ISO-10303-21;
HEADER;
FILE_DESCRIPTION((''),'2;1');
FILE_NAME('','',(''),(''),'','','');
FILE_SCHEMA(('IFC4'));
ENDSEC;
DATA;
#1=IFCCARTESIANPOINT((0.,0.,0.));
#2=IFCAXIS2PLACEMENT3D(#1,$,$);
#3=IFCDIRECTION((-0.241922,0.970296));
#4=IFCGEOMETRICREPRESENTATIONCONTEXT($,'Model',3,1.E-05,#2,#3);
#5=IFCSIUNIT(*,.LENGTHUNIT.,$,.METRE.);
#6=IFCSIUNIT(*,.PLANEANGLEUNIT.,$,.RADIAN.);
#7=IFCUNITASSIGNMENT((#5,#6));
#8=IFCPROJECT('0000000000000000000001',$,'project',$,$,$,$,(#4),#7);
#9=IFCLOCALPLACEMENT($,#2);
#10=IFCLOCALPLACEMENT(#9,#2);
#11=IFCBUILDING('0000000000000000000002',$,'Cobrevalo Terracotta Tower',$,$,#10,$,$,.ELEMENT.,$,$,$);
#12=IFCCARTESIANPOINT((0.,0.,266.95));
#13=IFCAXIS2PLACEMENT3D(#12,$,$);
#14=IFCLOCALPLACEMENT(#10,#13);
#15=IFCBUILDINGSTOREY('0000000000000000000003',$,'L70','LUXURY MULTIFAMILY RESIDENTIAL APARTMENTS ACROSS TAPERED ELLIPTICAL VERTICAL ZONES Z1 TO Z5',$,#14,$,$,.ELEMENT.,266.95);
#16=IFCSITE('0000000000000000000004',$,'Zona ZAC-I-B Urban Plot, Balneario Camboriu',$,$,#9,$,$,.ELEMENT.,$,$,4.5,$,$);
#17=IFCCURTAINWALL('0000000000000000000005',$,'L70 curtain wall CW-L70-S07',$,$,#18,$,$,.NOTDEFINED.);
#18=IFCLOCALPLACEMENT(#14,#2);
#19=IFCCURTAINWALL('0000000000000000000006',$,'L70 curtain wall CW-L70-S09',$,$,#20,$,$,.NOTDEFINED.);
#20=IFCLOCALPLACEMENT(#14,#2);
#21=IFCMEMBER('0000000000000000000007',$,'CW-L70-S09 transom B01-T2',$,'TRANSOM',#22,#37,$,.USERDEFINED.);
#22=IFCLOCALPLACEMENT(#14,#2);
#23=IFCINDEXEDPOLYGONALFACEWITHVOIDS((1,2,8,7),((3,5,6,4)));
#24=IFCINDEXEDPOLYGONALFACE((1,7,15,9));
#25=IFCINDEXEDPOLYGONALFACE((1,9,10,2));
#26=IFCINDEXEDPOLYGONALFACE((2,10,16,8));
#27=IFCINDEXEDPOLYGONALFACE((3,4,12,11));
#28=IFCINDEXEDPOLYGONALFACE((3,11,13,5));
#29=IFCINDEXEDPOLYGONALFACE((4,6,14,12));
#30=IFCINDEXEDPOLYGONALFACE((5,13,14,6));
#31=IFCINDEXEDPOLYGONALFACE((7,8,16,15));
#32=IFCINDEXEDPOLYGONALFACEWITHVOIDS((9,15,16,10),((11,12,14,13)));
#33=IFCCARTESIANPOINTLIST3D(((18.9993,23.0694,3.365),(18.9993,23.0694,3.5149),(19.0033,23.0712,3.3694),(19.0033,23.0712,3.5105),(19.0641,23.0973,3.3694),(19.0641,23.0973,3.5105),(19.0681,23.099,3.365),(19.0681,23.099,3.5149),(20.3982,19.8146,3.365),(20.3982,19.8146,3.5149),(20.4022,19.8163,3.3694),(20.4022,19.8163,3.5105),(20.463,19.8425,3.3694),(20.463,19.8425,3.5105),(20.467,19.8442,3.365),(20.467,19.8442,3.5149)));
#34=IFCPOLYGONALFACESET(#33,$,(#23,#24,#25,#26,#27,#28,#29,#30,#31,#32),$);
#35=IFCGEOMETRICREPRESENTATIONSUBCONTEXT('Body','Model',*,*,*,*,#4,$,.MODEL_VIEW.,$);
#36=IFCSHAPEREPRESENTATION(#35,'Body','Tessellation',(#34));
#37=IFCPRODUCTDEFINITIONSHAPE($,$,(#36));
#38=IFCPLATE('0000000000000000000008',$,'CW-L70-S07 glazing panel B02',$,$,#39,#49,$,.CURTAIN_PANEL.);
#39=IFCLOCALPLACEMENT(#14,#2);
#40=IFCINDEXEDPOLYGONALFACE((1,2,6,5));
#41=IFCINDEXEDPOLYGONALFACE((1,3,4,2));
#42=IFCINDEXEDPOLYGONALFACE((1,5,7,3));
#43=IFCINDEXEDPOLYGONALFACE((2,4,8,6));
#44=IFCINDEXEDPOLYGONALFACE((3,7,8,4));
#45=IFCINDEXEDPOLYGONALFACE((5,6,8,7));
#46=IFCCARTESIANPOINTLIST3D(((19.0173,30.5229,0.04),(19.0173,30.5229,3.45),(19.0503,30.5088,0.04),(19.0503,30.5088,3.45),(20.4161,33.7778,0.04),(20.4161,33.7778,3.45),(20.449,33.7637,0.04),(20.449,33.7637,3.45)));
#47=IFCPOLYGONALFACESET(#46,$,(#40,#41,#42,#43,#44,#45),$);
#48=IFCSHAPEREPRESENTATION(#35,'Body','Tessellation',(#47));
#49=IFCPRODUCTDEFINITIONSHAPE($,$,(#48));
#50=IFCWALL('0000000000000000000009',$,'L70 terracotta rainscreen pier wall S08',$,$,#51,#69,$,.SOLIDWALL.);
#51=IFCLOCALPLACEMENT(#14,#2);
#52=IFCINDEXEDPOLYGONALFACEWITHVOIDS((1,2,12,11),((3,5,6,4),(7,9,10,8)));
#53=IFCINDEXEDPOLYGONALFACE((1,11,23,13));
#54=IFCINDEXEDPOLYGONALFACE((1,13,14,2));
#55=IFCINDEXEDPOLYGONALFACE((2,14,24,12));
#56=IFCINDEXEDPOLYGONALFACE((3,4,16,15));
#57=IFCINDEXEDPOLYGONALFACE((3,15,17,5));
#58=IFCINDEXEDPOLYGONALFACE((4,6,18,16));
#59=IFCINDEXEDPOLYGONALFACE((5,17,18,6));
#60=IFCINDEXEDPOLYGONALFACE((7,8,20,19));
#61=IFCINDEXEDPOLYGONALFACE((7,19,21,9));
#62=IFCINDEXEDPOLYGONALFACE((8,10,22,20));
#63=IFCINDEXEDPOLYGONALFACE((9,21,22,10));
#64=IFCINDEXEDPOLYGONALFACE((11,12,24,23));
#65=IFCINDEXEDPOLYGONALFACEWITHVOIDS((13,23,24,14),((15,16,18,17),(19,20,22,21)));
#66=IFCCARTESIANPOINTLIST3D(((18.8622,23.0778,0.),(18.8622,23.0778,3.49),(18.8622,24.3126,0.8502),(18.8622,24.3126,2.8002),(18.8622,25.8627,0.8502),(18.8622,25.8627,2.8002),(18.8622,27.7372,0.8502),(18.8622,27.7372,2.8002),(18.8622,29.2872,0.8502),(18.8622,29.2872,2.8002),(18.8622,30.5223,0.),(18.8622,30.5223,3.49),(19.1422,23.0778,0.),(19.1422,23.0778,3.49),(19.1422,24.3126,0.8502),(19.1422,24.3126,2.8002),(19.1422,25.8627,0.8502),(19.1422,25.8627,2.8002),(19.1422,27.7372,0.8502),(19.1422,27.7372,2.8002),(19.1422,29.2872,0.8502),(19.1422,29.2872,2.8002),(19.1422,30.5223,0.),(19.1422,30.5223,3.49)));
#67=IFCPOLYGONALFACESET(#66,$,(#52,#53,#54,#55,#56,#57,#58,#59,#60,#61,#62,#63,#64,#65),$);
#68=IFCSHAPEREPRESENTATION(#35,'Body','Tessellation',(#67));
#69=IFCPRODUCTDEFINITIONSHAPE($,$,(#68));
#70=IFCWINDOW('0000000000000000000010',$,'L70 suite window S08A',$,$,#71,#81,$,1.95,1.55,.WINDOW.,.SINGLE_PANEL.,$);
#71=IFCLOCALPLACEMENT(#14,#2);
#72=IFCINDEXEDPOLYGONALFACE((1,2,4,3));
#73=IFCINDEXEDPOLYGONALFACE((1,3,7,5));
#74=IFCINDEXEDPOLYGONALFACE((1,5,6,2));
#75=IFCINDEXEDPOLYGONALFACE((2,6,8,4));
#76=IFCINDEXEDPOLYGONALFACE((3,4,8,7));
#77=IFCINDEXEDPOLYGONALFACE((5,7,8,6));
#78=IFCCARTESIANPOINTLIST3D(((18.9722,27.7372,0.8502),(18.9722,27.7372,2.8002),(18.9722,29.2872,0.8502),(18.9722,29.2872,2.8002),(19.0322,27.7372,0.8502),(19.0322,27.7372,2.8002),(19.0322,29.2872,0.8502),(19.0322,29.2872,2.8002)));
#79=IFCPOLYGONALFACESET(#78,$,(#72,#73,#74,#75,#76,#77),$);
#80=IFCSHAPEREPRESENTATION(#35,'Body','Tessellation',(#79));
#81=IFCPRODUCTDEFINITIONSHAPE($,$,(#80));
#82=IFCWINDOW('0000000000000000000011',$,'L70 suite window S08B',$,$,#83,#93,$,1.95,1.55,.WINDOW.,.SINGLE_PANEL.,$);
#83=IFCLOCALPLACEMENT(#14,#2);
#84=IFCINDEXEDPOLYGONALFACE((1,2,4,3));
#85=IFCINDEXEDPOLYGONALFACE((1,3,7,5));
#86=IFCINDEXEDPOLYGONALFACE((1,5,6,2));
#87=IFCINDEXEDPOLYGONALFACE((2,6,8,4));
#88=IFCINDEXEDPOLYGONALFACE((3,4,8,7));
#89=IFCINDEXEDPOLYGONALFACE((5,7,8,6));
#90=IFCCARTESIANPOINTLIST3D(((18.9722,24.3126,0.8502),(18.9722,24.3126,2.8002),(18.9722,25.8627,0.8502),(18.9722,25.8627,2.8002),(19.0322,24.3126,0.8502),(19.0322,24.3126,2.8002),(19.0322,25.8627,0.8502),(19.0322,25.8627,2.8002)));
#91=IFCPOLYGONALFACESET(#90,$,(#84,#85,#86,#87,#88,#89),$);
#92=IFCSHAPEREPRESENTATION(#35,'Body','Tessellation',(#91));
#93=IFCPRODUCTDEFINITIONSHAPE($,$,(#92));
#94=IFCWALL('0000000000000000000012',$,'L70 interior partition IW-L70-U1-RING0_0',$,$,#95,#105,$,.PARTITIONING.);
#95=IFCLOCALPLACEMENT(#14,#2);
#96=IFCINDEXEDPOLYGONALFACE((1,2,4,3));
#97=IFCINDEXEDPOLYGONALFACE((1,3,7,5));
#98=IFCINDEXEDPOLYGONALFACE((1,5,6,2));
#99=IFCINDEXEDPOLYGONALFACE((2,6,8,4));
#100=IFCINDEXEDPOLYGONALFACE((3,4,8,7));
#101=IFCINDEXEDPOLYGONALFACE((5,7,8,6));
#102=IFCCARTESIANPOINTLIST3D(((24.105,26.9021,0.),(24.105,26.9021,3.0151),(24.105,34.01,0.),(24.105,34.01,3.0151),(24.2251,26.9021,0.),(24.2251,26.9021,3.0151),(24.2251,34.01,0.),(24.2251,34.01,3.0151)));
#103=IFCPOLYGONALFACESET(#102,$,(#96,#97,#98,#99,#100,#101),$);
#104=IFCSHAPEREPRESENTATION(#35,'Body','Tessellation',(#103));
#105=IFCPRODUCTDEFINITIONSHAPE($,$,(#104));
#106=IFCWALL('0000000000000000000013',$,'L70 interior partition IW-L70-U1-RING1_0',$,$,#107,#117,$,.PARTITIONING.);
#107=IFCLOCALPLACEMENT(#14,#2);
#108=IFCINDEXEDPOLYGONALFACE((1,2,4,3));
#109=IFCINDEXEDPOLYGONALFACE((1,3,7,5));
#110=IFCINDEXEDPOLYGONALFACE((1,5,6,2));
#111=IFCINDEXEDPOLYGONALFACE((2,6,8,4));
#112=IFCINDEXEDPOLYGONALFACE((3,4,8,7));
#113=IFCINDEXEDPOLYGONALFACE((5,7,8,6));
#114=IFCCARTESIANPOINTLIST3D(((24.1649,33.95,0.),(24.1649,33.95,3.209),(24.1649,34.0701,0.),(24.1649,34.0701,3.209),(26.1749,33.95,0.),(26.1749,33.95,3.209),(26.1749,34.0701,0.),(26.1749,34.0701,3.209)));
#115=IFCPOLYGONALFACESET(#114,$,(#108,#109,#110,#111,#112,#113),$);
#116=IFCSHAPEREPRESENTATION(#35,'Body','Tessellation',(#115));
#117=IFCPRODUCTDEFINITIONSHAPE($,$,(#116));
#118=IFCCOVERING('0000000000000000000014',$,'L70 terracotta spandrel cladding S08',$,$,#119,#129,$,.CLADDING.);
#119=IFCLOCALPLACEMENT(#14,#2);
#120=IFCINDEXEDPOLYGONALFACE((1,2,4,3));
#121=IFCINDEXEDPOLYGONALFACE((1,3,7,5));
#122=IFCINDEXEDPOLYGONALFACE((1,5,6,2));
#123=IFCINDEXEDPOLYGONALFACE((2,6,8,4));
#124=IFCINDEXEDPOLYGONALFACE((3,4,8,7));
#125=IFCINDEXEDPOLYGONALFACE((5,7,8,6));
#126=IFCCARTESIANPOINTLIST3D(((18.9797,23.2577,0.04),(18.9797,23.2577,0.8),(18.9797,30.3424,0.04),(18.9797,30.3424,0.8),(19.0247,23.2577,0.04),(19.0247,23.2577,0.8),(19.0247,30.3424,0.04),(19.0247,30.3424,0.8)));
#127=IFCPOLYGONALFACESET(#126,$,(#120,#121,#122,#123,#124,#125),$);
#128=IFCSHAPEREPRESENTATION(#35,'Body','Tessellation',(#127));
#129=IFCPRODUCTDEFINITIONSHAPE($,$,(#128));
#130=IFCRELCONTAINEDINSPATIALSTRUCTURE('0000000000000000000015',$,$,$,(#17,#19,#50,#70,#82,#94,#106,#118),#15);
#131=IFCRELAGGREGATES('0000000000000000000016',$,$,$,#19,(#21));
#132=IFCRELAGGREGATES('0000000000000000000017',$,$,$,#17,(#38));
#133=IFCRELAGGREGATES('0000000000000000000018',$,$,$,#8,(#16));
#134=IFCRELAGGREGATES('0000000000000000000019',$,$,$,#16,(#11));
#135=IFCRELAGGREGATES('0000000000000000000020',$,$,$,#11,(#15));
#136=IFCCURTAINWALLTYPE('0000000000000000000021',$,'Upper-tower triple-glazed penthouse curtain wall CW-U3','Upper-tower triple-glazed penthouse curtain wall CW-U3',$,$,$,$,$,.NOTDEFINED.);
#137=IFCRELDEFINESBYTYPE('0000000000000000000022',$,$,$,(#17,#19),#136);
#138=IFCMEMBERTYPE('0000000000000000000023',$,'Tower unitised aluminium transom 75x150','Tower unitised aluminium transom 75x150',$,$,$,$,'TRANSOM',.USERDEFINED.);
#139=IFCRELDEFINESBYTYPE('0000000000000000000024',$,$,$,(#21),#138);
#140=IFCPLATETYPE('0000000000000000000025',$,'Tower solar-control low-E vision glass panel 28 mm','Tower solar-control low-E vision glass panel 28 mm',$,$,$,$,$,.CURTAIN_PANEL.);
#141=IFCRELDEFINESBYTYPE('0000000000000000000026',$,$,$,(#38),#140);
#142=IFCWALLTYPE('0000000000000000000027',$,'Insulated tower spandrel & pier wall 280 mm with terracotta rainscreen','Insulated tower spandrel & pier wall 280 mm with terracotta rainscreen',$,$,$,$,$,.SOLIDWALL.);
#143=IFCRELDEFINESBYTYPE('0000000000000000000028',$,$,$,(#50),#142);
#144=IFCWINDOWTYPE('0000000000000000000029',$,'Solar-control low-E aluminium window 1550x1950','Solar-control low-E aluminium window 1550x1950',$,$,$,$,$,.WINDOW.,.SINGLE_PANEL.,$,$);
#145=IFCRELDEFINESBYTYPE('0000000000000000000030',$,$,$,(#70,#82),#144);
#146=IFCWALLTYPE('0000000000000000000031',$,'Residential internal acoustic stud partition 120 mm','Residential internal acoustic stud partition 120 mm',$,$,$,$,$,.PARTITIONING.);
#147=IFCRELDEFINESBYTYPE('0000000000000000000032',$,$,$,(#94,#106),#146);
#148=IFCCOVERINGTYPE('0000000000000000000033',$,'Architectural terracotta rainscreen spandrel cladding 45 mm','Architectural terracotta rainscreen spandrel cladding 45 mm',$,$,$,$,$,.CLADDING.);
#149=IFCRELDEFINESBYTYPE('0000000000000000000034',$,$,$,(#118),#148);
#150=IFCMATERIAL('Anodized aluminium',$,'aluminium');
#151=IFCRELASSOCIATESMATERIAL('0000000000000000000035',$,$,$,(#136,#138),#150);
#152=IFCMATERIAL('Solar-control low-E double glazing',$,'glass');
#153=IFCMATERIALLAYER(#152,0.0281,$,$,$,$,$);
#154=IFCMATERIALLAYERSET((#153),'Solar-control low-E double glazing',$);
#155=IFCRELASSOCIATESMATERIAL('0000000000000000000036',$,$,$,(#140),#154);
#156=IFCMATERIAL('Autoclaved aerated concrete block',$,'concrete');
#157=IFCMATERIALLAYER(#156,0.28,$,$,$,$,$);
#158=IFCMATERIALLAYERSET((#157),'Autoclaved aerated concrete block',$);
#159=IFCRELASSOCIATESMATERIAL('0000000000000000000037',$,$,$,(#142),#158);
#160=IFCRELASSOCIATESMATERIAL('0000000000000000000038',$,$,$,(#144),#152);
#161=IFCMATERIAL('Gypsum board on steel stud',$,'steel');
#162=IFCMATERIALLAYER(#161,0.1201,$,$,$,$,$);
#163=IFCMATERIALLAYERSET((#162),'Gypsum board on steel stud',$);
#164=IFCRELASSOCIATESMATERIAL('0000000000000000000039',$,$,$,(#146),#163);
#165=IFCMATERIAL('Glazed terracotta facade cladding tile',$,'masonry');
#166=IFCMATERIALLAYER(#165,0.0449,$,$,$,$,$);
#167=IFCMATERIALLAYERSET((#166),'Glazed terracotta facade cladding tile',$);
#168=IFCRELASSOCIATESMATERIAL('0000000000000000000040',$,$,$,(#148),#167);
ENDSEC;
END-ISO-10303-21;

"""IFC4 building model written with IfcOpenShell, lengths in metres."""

from ifc_helpers import new_model, si_unit, direction, frame, frame_2d, origin, origin_2d, place, context, subcontext, project, spatial, rectangle, hollow_rectangle, extrude, source, transform, mapped, material, layer, layer_set, material_profile, profile_set, type_object, element, fill, aggregate, save


model = new_model("IFC4")

# Units and contexts
model_context = context("Model", 3, precision=1e-05, world=origin(), true_north=direction((-0.241922, 0.970296)))
body_context = subcontext(model_context, "Body", "Model", "MODEL_VIEW")
ifc_project = project(units=[si_unit("LENGTHUNIT", "METRE"), si_unit("PLANEANGLEUNIT", "RADIAN")], contexts=[model_context])

# Site, building, storey
site_placement = place(None, origin())
site = spatial("IfcSite", under=ifc_project, at=site_placement, Name="Zona ZAC-I-B Urban Plot, Balneario Camboriu", CompositionType="ELEMENT", RefElevation=4.5)
building_placement = place(site_placement, origin())
building = spatial("IfcBuilding", under=site, at=building_placement, Name="Cobrevalo Terracotta Tower", CompositionType="ELEMENT")
storey_placement = place(building_placement, frame((0.0, 0.0, 266.95)))
storey = spatial("IfcBuildingStorey", under=building, at=storey_placement, Name="L70", Description="LUXURY MULTIFAMILY RESIDENTIAL APARTMENTS ACROSS TAPERED ELLIPTICAL VERTICAL ZONES Z1 TO Z5", CompositionType="ELEMENT", Elevation=266.95)

# Curtain wall
ifc_material_1 = material(Name="Anodized aluminium", Category="aluminium")
curtain_wall_type = type_object("IfcCurtainWallType", Name="Upper-tower triple-glazed penthouse curtain wall CW-U3", Description="Upper-tower triple-glazed penthouse curtain wall CW-U3", PredefinedType="NOTDEFINED", material=ifc_material_1)
curtain_wall_1_placement = place(storey_placement, origin())
curtain_wall_1 = element("IfcCurtainWall", 1, at=curtain_wall_1_placement, inside=storey, type_object=curtain_wall_type, Name="L70 curtain wall CW-L70-S07", PredefinedType="NOTDEFINED")

# Curtain wall
curtain_wall_2_placement = place(storey_placement, origin())
curtain_wall_2 = element("IfcCurtainWall", 2, at=curtain_wall_2_placement, inside=storey, type_object=curtain_wall_type, Name="L70 curtain wall CW-L70-S09", PredefinedType="NOTDEFINED")

# Member
ifc_material_profile_1 = material_profile(ifc_material_1, hollow_rectangle(XDim=0.075, YDim=0.1499, WallThickness=0.0044, at=origin_2d()), Name="CWT 75x150")
ifc_profile_set_1 = profile_set([ifc_material_profile_1], Name="Anodized aluminium")
member_type_1 = type_object("IfcMemberType", Name="Tower unitised aluminium transom 75x150", Description="Tower unitised aluminium transom 75x150", ElementType="TRANSOM", PredefinedType="USERDEFINED", material=ifc_profile_set_1)
shared_shape_1 = source(origin(), body_context, "Body", "SweptSolid", [
    extrude(hollow_rectangle(XDim=0.075, YDim=0.1499, WallThickness=0.0044, at=origin_2d()), origin(), (0.0, 0.0, 1.0), 3.5427),
])
member_1_placement = place(storey_placement, frame((19.0337, 23.0842, 3.4399), z_axis=(0.394867, -0.918738, 0.0), x_axis=(0.918738, 0.394867, 0.0)))
member_1 = element("IfcMember", 3, at=member_1_placement, type_object=member_type_1, Name="CW-L70-S09 transom B01-T2", ObjectType="TRANSOM", PredefinedType="USERDEFINED", context=body_context, shape_type="MappedRepresentation", body=[
    mapped(shared_shape_1, transform((0.0, 0.0, 0.0), scale=1.0)),
])
aggregate(curtain_wall_2, [member_1])

# Plate
ifc_material_2 = material(Name="Solar-control low-E double glazing", Category="glass")
ifc_layer_1 = layer(ifc_material_2, 0.0281)
ifc_layer_set_1 = layer_set([ifc_layer_1], Name="Solar-control low-E double glazing")
plate_type = type_object("IfcPlateType", Name="Tower solar-control low-E vision glass panel 28 mm", Description="Tower solar-control low-E vision glass panel 28 mm", PredefinedType="CURTAIN_PANEL", material=ifc_layer_set_1)
shared_shape_2 = source(origin(), body_context, "Body", "SweptSolid", [
    extrude(rectangle(XDim=3.5427, YDim=0.0359, at=origin_2d()), origin(), (0.0, 0.0, 1.0), 3.4099),
])
plate_placement = place(storey_placement, frame((19.7332, 32.1433, 0.04), z_axis=(0.0, 0.0, 1.0), x_axis=(-0.394829, -0.918755, 0.0)))
plate = element("IfcPlate", 4, at=plate_placement, type_object=plate_type, Name="CW-L70-S07 glazing panel B02", PredefinedType="CURTAIN_PANEL", context=body_context, shape_type="MappedRepresentation", body=[
    mapped(shared_shape_2, transform((0.0, 0.0, 0.0), scale=1.0)),
])
aggregate(curtain_wall_1, [plate])

# Wall, openings, windows
ifc_material_3 = material(Name="Autoclaved aerated concrete block", Category="concrete")
ifc_layer_2 = layer(ifc_material_3, 0.28)
ifc_layer_set_2 = layer_set([ifc_layer_2], Name="Autoclaved aerated concrete block")
wall_type_1 = type_object("IfcWallType", Name="Insulated tower spandrel & pier wall 280 mm with terracotta rainscreen", Description="Insulated tower spandrel & pier wall 280 mm with terracotta rainscreen", PredefinedType="SOLIDWALL", material=ifc_layer_set_2)
wall_1_placement = place(storey_placement, frame((19.0022, 30.5222, 0.0), z_axis=(0.0, 0.0, 1.0), x_axis=(0.0, -1.0, 0.0)))
wall_1 = element("IfcWall", 5, at=wall_1_placement, inside=storey, type_object=wall_type_1, Name="L70 terracotta rainscreen pier wall S08", PredefinedType="SOLIDWALL", context=body_context, shape_type="SweptSolid", body=[
    extrude(rectangle(XDim=7.4446, YDim=0.28, at=frame_2d((3.7222, 0.0))), origin(), (0.0, 0.0, 1.0), 3.49),
])
opening_1_placement = place(wall_1_placement, frame((1.2351, 0.0, 0.8501)))
opening_1 = element("IfcOpeningElement", 6, at=opening_1_placement, cuts=wall_1, PredefinedType="OPENING", context=body_context, shape_type="SweptSolid", body=[
    extrude(rectangle(XDim=1.55, YDim=1.95, at=frame_2d((0.7749, 0.9751))), frame((0.0, 0.1499, 0.0), z_axis=(0.0, -1.0, 0.0), x_axis=(1.0, 0.0, 0.0)), (0.0, 0.0, 1.0), 0.3),
])
opening_2_placement = place(wall_1_placement, frame((4.6597, 0.0, 0.8501)))
opening_2 = element("IfcOpeningElement", 7, at=opening_2_placement, cuts=wall_1, PredefinedType="OPENING", context=body_context, shape_type="SweptSolid", body=[
    extrude(rectangle(XDim=1.55, YDim=1.95, at=frame_2d((0.7749, 0.9751))), frame((0.0, 0.1499, 0.0), z_axis=(0.0, -1.0, 0.0), x_axis=(1.0, 0.0, 0.0)), (0.0, 0.0, 1.0), 0.3),
])
window_type = type_object("IfcWindowType", Name="Solar-control low-E aluminium window 1550x1950", Description="Solar-control low-E aluminium window 1550x1950", PartitioningType="SINGLE_PANEL", PredefinedType="WINDOW", material=ifc_material_2)
shared_shape_3 = source(origin(), body_context, "Body", "SweptSolid", [
    extrude(rectangle(XDim=1.55, YDim=1.95, at=frame_2d((0.7749, 0.9751))), frame((0.0, 0.03, 0.0), z_axis=(0.0, -1.0, 0.0), x_axis=(1.0, 0.0, 0.0)), (0.0, 0.0, 1.0), 0.0601),
])
window_1_placement = place(opening_1_placement, origin())
window_1 = element("IfcWindow", 8, at=window_1_placement, inside=storey, type_object=window_type, Name="L70 suite window S08A", OverallHeight=1.95, OverallWidth=1.55, PartitioningType="SINGLE_PANEL", PredefinedType="WINDOW", context=body_context, shape_type="MappedRepresentation", body=[
    mapped(shared_shape_3, transform((0.0, 0.0, 0.0), scale=1.0)),
])
fill(opening_1, window_1)
window_2_placement = place(opening_2_placement, origin())
window_2 = element("IfcWindow", 9, at=window_2_placement, inside=storey, type_object=window_type, Name="L70 suite window S08B", OverallHeight=1.95, OverallWidth=1.55, PartitioningType="SINGLE_PANEL", PredefinedType="WINDOW", context=body_context, shape_type="MappedRepresentation", body=[
    mapped(shared_shape_3, transform((0.0, 0.0, 0.0), scale=1.0)),
])
fill(opening_2, window_2)

# Walls
ifc_material_4 = material(Name="Gypsum board on steel stud", Category="steel")
ifc_layer_3 = layer(ifc_material_4, 0.1201)
ifc_layer_set_3 = layer_set([ifc_layer_3], Name="Gypsum board on steel stud")
wall_type_2 = type_object("IfcWallType", Name="Residential internal acoustic stud partition 120 mm", Description="Residential internal acoustic stud partition 120 mm", PredefinedType="PARTITIONING", material=ifc_layer_set_3)
wall_2_placement = place(storey_placement, frame((24.165, 26.9021, 0.0), z_axis=(0.0, 0.0, 1.0), x_axis=(0.0, 1.0, 0.0)))
element("IfcWall", 10, at=wall_2_placement, inside=storey, type_object=wall_type_2, Name="L70 interior partition IW-L70-U1-RING0_0", PredefinedType="PARTITIONING", context=body_context, shape_type="SweptSolid", body=[
    extrude(rectangle(XDim=7.1079, YDim=0.1201, at=frame_2d((3.554, 0.0))), origin(), (0.0, 0.0, 1.0), 3.0151),
])
wall_3_placement = place(storey_placement, frame((24.165, 34.01, 0.0), z_axis=(0.0, 0.0, 1.0), x_axis=(1.0, 0.0, 0.0)))
element("IfcWall", 11, at=wall_3_placement, inside=storey, type_object=wall_type_2, Name="L70 interior partition IW-L70-U1-RING1_0", PredefinedType="PARTITIONING", context=body_context, shape_type="SweptSolid", body=[
    extrude(rectangle(XDim=2.01, YDim=0.1201, at=frame_2d((1.0049, 0.0))), origin(), (0.0, 0.0, 1.0), 3.209),
])

# Covering
ifc_material_5 = material(Name="Glazed terracotta facade cladding tile", Category="masonry")
ifc_layer_4 = layer(ifc_material_5, 0.0449)
ifc_layer_set_4 = layer_set([ifc_layer_4], Name="Glazed terracotta facade cladding tile")
covering_type = type_object("IfcCoveringType", Name="Architectural terracotta rainscreen spandrel cladding 45 mm", Description="Architectural terracotta rainscreen spandrel cladding 45 mm", PredefinedType="CLADDING", material=ifc_layer_set_4)
shared_shape_4 = source(origin(), body_context, "Body", "SweptSolid", [
    extrude(rectangle(XDim=7.0847, YDim=0.0449, at=origin_2d()), origin(), (0.0, 0.0, 1.0), 0.76),
])
covering_placement = place(storey_placement, frame((19.0022, 26.8, 0.04), z_axis=(0.0, 0.0, 1.0), x_axis=(0.0, -1.0, 0.0)))
element("IfcCovering", 12, at=covering_placement, inside=storey, type_object=covering_type, Name="L70 terracotta spandrel cladding S08", PredefinedType="CLADDING", context=body_context, shape_type="MappedRepresentation", body=[
    mapped(shared_shape_4, transform((0.0, 0.0, 0.0), scale=1.0)),
])

save(model, "model.ifc")
